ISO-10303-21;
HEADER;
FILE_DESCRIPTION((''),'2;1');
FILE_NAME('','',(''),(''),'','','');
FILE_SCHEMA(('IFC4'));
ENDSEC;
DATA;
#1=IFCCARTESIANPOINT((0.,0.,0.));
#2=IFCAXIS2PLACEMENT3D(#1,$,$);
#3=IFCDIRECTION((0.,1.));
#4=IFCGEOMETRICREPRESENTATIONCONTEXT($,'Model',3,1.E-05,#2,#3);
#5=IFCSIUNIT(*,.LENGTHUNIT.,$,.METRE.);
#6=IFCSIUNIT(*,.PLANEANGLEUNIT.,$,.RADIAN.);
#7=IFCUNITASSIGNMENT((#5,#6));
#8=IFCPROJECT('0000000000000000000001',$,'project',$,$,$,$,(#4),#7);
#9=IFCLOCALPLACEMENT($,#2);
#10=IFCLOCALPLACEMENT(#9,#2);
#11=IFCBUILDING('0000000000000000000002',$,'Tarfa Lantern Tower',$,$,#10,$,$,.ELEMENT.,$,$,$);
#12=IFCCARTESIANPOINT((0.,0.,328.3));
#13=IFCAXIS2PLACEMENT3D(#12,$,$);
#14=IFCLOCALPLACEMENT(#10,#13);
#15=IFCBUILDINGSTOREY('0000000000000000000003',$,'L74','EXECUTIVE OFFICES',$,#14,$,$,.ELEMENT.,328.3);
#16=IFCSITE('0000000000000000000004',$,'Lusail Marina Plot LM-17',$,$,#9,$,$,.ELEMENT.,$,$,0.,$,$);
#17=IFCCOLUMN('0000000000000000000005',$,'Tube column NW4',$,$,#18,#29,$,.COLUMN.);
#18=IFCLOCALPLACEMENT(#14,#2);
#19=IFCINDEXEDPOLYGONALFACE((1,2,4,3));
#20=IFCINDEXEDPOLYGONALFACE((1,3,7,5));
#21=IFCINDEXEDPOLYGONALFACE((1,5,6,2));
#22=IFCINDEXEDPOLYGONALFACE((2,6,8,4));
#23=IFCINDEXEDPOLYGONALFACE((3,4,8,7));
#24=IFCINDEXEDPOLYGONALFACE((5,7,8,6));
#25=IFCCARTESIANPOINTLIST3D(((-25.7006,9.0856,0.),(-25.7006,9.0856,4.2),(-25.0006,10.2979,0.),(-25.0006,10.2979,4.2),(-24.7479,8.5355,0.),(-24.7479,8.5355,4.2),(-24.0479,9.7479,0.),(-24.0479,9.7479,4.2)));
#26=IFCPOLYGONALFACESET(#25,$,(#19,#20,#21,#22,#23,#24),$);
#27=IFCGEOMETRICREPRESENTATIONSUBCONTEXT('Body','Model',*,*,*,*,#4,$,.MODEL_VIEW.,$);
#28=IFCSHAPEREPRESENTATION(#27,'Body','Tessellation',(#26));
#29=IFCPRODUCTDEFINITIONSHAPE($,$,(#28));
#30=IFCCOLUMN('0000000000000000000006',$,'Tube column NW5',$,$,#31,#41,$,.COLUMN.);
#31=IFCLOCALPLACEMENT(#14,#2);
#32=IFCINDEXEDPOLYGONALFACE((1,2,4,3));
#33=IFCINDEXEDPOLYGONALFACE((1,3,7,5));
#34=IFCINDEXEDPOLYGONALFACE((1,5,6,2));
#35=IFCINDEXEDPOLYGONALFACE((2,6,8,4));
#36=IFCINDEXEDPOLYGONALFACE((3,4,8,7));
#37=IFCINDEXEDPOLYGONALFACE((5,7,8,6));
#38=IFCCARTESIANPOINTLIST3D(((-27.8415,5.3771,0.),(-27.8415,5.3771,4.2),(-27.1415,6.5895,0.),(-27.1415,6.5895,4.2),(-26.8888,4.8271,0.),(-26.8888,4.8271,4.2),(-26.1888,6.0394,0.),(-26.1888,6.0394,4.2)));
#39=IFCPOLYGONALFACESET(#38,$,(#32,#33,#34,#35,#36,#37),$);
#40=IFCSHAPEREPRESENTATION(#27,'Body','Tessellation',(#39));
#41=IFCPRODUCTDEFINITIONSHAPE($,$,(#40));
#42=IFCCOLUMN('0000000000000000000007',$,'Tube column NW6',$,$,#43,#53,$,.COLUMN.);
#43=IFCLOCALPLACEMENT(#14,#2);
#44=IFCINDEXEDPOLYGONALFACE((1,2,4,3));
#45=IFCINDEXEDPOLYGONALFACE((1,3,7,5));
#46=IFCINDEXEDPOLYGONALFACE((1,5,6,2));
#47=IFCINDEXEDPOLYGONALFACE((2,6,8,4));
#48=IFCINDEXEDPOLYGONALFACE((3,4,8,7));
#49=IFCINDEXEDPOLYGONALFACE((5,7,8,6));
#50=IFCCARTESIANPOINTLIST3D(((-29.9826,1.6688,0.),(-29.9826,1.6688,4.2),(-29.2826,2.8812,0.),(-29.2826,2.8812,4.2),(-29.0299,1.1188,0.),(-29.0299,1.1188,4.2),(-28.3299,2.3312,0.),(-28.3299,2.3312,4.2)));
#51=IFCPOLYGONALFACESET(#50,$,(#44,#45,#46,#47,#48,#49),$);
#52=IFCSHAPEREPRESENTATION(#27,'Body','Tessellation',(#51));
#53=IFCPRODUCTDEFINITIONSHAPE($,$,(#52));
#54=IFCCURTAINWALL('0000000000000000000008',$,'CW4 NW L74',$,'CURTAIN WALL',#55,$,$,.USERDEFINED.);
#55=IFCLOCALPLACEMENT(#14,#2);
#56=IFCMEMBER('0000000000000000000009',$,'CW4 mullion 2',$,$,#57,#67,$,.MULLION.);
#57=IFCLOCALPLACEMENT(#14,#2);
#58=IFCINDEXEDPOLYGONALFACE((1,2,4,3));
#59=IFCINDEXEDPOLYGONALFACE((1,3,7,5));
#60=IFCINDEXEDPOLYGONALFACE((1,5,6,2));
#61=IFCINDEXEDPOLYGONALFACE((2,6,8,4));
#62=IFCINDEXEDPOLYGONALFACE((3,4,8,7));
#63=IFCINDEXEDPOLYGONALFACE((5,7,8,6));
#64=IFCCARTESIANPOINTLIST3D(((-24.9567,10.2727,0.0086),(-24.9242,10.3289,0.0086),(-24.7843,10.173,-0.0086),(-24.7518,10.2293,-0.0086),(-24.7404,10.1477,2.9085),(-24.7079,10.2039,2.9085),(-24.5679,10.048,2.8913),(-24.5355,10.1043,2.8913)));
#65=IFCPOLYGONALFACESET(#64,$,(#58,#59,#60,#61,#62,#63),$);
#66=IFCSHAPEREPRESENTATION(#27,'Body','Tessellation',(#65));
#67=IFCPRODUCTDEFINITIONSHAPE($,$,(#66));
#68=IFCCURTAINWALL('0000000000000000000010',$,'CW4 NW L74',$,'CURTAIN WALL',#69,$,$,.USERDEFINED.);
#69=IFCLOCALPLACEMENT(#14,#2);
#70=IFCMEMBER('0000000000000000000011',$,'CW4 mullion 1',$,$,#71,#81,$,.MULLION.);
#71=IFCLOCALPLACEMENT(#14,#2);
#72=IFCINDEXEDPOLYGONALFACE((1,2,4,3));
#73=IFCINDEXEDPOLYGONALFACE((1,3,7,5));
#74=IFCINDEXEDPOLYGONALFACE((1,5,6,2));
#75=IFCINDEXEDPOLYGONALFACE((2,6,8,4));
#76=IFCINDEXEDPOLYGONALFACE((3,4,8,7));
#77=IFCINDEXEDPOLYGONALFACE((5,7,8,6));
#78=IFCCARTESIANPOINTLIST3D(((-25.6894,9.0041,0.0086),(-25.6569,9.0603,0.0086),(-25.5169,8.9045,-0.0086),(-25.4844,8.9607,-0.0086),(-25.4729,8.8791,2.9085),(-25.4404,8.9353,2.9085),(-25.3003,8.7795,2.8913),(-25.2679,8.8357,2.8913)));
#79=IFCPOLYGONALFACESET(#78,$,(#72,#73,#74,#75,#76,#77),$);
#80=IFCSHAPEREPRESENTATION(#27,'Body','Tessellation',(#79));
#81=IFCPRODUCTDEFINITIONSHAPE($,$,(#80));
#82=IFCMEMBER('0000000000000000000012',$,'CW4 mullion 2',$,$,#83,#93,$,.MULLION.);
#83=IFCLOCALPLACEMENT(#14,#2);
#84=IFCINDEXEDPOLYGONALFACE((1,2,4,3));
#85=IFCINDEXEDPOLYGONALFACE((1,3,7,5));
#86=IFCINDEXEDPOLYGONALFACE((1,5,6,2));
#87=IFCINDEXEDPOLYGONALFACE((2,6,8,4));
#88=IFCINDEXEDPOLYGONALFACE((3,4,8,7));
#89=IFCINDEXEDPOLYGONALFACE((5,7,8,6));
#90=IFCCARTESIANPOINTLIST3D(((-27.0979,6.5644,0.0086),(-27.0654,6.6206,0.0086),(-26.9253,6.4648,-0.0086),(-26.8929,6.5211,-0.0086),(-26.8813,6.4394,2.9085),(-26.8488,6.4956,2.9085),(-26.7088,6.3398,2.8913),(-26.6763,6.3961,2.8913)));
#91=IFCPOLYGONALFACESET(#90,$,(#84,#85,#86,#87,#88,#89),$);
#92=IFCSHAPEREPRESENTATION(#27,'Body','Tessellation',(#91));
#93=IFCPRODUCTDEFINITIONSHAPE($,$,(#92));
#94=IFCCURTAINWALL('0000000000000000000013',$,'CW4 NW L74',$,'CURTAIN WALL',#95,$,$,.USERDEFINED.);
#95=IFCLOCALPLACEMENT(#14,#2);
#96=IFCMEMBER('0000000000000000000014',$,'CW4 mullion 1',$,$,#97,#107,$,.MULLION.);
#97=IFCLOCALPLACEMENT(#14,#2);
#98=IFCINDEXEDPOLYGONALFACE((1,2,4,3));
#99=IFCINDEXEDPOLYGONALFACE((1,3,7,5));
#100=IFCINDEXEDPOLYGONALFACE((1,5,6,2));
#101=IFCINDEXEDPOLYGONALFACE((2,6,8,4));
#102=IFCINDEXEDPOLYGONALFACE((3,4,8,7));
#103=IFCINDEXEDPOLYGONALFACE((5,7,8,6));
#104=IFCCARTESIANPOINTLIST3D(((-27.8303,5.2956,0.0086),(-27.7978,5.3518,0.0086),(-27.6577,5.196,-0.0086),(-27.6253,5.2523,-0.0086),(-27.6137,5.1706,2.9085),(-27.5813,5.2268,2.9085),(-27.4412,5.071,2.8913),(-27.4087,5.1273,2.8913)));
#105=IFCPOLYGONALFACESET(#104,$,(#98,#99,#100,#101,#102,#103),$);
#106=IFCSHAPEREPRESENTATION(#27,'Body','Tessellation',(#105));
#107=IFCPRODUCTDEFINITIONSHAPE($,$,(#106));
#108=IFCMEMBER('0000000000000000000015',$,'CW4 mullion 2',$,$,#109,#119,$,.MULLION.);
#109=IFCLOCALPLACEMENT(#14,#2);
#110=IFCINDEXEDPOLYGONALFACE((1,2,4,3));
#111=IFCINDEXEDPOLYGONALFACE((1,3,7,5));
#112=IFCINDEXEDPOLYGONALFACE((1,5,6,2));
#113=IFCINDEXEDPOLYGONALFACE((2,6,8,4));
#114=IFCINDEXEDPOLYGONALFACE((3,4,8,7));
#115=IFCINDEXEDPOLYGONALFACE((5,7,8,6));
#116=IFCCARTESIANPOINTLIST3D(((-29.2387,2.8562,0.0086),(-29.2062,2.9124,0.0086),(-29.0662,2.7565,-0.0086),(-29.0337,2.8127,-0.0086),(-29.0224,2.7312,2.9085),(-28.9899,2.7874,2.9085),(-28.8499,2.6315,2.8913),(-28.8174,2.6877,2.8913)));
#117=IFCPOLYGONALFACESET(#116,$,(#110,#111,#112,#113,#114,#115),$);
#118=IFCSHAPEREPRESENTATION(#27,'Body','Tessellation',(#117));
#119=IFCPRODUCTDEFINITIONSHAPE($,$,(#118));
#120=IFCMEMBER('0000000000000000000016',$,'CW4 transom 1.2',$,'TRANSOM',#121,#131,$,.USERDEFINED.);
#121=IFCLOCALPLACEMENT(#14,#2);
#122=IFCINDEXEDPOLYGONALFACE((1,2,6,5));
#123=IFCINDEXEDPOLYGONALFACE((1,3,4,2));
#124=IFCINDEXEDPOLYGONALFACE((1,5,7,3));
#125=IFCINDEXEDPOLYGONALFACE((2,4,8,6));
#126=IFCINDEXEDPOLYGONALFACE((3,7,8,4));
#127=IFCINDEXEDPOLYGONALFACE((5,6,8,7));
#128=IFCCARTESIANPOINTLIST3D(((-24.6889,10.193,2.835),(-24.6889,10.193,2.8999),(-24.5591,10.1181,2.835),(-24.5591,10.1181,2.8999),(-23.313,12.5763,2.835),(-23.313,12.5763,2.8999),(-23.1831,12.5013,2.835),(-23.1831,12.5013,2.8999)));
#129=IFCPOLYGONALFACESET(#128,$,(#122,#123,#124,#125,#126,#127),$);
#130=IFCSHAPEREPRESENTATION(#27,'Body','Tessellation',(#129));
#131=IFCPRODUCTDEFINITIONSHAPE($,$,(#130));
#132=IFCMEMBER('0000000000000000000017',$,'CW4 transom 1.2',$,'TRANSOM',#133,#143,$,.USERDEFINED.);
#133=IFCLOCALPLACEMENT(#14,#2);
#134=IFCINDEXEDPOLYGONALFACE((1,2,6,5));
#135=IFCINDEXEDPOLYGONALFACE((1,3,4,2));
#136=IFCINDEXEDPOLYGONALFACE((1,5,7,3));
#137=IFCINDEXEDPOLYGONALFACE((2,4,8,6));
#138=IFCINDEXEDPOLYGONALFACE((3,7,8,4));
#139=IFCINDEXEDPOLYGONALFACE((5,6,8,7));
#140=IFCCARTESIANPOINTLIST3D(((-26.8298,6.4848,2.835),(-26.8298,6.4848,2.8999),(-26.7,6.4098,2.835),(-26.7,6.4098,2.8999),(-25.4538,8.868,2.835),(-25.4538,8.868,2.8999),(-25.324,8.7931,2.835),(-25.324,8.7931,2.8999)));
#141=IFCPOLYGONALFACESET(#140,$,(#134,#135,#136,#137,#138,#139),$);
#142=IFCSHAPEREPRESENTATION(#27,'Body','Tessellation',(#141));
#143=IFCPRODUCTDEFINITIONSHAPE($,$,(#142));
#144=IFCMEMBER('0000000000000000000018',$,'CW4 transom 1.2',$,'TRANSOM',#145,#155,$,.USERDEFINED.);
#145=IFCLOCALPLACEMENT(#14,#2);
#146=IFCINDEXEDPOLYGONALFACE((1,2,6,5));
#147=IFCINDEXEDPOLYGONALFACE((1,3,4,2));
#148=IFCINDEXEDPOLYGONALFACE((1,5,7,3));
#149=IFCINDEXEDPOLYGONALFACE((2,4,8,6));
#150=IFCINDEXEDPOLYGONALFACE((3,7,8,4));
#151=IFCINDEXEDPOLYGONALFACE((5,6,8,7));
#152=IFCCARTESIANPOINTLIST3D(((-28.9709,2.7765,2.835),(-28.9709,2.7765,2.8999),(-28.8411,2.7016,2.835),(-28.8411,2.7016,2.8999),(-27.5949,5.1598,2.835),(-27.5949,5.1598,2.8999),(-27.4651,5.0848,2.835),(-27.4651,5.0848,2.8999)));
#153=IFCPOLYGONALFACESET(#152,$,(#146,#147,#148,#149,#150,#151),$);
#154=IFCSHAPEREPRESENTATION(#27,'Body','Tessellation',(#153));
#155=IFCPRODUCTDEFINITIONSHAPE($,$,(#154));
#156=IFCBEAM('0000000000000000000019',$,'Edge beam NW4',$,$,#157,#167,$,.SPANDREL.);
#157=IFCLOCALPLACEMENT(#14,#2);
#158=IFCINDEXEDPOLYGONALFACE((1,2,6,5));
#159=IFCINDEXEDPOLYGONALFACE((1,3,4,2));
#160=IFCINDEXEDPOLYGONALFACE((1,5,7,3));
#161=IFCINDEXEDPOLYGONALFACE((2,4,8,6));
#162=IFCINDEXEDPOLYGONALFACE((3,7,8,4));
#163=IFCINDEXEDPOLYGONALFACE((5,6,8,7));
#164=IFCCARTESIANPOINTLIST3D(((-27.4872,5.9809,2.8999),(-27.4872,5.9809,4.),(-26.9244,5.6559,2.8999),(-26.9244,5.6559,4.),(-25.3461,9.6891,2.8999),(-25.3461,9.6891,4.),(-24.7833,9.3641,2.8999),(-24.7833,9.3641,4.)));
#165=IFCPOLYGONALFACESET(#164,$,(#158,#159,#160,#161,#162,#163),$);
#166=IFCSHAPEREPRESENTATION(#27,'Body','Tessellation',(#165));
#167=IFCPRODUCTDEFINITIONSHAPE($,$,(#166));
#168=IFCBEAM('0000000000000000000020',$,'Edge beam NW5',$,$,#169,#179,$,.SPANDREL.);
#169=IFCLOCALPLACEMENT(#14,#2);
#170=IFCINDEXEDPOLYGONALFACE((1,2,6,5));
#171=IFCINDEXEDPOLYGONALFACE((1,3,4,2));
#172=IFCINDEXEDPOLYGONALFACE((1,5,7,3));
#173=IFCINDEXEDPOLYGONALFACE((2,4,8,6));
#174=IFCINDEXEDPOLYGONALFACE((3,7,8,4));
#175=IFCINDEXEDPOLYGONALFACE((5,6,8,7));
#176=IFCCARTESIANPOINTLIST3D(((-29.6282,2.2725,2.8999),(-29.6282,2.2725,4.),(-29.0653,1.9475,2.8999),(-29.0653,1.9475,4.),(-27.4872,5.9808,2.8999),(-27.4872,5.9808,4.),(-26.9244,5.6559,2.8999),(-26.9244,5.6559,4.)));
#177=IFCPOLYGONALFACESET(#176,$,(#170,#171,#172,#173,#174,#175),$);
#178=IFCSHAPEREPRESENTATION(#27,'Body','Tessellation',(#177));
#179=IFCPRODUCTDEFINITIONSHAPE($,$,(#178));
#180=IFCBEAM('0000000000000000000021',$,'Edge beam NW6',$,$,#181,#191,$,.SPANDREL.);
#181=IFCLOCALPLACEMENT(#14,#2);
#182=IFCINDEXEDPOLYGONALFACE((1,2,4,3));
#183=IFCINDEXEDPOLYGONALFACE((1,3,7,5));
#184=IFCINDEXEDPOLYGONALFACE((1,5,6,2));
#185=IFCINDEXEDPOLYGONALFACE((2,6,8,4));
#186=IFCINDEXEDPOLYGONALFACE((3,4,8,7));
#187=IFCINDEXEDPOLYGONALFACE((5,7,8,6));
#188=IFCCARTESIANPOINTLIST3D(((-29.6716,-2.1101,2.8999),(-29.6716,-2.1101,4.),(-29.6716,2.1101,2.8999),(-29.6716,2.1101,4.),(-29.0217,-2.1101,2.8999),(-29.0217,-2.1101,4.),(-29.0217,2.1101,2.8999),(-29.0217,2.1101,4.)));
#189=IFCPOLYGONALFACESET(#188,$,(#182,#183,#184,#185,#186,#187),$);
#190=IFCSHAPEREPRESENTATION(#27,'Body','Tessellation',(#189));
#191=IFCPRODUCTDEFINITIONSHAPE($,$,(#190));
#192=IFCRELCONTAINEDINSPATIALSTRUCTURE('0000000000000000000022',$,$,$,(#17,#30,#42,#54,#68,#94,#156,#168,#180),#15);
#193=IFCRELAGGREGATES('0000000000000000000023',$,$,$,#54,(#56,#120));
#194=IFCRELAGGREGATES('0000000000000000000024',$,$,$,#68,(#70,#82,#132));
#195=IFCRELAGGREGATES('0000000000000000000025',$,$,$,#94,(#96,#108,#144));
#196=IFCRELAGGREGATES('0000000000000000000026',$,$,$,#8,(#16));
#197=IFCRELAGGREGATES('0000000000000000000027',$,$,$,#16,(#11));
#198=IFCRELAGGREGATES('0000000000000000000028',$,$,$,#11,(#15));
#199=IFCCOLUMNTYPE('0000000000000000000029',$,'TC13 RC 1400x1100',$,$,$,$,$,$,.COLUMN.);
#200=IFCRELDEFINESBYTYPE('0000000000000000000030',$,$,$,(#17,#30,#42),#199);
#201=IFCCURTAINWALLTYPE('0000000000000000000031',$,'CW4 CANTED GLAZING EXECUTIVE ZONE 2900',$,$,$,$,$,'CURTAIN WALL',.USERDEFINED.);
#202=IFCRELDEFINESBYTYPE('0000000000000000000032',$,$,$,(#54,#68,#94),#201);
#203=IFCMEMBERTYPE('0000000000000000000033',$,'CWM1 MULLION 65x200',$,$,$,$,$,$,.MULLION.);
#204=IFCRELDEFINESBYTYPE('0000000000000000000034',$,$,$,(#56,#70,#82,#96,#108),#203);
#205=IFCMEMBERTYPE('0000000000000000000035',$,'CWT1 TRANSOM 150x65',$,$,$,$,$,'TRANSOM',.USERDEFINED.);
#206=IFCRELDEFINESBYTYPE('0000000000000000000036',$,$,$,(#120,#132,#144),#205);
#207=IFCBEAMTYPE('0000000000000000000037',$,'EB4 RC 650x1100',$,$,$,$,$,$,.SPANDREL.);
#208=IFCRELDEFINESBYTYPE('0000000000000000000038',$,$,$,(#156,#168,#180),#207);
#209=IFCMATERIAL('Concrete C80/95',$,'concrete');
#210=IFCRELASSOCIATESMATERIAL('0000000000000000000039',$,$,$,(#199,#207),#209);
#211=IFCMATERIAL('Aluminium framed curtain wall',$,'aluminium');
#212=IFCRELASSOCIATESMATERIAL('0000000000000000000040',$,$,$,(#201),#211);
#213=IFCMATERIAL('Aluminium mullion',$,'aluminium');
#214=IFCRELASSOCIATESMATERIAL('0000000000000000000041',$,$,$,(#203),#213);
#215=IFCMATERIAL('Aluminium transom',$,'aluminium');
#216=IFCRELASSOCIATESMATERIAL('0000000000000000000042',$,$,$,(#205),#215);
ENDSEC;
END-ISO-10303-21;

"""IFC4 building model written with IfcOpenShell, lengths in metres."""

from ifc_helpers import new_model, si_unit, direction, frame, origin, origin_2d, place, context, subcontext, project, spatial, rectangle, extrude, material, material_profile, profile_set, type_object, element, aggregate, save


model = new_model("IFC4")

# Units and contexts
model_context = context("Model", 3, precision=1e-05, world=origin(), true_north=direction((0.0, 1.0)))
body_context = subcontext(model_context, "Body", "Model", "MODEL_VIEW")
ifc_project = project(units=[si_unit("LENGTHUNIT", "METRE"), si_unit("PLANEANGLEUNIT", "RADIAN")], contexts=[model_context])

# Site, building, storey
site_placement = place(None, origin())
site = spatial("IfcSite", under=ifc_project, at=site_placement, Name="Lusail Marina Plot LM-17", CompositionType="ELEMENT", RefElevation=0.0)
building_placement = place(site_placement, origin())
building = spatial("IfcBuilding", under=site, at=building_placement, Name="Tarfa Lantern Tower", CompositionType="ELEMENT")
storey_placement = place(building_placement, frame((0.0, 0.0, 328.3)))
storey = spatial("IfcBuildingStorey", under=building, at=storey_placement, Name="L74", Description="EXECUTIVE OFFICES", CompositionType="ELEMENT", Elevation=328.3)

# Columns
ifc_material_1 = material(Name="Concrete C80/95", Category="concrete")
ifc_material_profile_1 = material_profile(ifc_material_1, rectangle(XDim=1.3999, YDim=1.1001, at=origin_2d()), Name="RC 1400x1100")
ifc_profile_set_1 = profile_set([ifc_material_profile_1], Name="Concrete C80/95")
column_type = type_object("IfcColumnType", Name="TC13 RC 1400x1100", PredefinedType="COLUMN", material=ifc_profile_set_1)
for number, where, z_axis, x_axis, name in (
    (1, (-24.8743, 9.4167, 0.0), (0.0, 0.0, 1.0), (-0.5, -0.866025, 0.0), "Tube column NW4"),
    (2, (-27.0151, 5.7083, 0.0), (0.0, 0.0, 1.0), (-0.5, -0.866025, 0.0), "Tube column NW5"),
    (3, (-29.1562, 2.0, 0.0), (0.0, 0.0, 1.0), (-0.5, -0.866025, 0.0), "Tube column NW6"),
):
    element("IfcColumn", number, at=place(storey_placement, frame(where, z_axis=z_axis, x_axis=x_axis)), inside=storey, type_object=column_type, Name=name, PredefinedType="COLUMN", context=body_context, shape_type="SweptSolid", body=[
        extrude(rectangle(XDim=1.3999, YDim=1.1001, at=origin_2d()), origin(), (0.0, 0.0, 1.0), 4.2),
    ])

# Curtain wall, member
ifc_material_2 = material(Name="Aluminium framed curtain wall", Category="aluminium")
curtain_wall_type = type_object("IfcCurtainWallType", Name="CW4 CANTED GLAZING EXECUTIVE ZONE 2900", ElementType="CURTAIN WALL", PredefinedType="USERDEFINED", material=ifc_material_2)
curtain_wall_1_placement = place(storey_placement, origin())
curtain_wall_1 = element("IfcCurtainWall", 4, at=curtain_wall_1_placement, inside=storey, type_object=curtain_wall_type, Name="CW4 NW L74", ObjectType="CURTAIN WALL", PredefinedType="USERDEFINED")
ifc_material_3 = material(Name="Aluminium mullion", Category="aluminium")
ifc_material_profile_2 = material_profile(ifc_material_3, rectangle(XDim=0.0649, YDim=0.2, at=origin_2d()), Name="AL MULLION 65x200")
ifc_profile_set_2 = profile_set([ifc_material_profile_2], Name="Aluminium mullion")
member_type_1 = type_object("IfcMemberType", Name="CWM1 MULLION 65x200", PredefinedType="MULLION", material=ifc_profile_set_2)
member_1_placement = place(storey_placement, frame((-24.8542, 10.251, 0.0), z_axis=(0.074316, -0.042946, 0.99631), x_axis=(0.500343, 0.865827, 0.0)))
member_1 = element("IfcMember", 5, at=member_1_placement, type_object=member_type_1, Name="CW4 mullion 2", PredefinedType="MULLION", context=body_context, shape_type="SweptSolid", body=[
    extrude(rectangle(XDim=0.0649, YDim=0.2, at=origin_2d()), origin(), (0.0, 0.0, 1.0), 2.9106),
])

# Curtain walls, members
curtain_wall_2_placement = place(storey_placement, origin())
curtain_wall_2 = element("IfcCurtainWall", 6, at=curtain_wall_2_placement, inside=storey, type_object=curtain_wall_type, Name="CW4 NW L74", ObjectType="CURTAIN WALL", PredefinedType="USERDEFINED")
member_2_placement = place(storey_placement, frame((-25.5869, 8.9824, 0.0), z_axis=(0.0744, -0.042946, 0.996303), x_axis=(0.49992, 0.866072, 0.0)))
member_2 = element("IfcMember", 7, at=member_2_placement, type_object=member_type_1, Name="CW4 mullion 1", PredefinedType="MULLION", context=body_context, shape_type="SweptSolid", body=[
    extrude(rectangle(XDim=0.0649, YDim=0.2, at=origin_2d()), origin(), (0.0, 0.0, 1.0), 2.9106),
])
member_3_placement = place(storey_placement, frame((-26.9954, 6.5427, 0.0), z_axis=(0.0744, -0.042946, 0.996303), x_axis=(0.49992, 0.866072, 0.0)))
member_3 = element("IfcMember", 8, at=member_3_placement, type_object=member_type_1, Name="CW4 mullion 2", PredefinedType="MULLION", context=body_context, shape_type="SweptSolid", body=[
    extrude(rectangle(XDim=0.0649, YDim=0.2, at=origin_2d()), origin(), (0.0, 0.0, 1.0), 2.9106),
])
curtain_wall_3_placement = place(storey_placement, origin())
curtain_wall_3 = element("IfcCurtainWall", 9, at=curtain_wall_3_placement, inside=storey, type_object=curtain_wall_type, Name="CW4 NW L74", ObjectType="CURTAIN WALL", PredefinedType="USERDEFINED")
member_4_placement = place(storey_placement, frame((-27.7278, 5.2739, 0.0), z_axis=(0.0744, -0.042946, 0.996303), x_axis=(0.49992, 0.866072, 0.0)))
member_4 = element("IfcMember", 10, at=member_4_placement, type_object=member_type_1, Name="CW4 mullion 1", PredefinedType="MULLION", context=body_context, shape_type="SweptSolid", body=[
    extrude(rectangle(XDim=0.0649, YDim=0.2, at=origin_2d()), origin(), (0.0, 0.0, 1.0), 2.9106),
])
member_5_placement = place(storey_placement, frame((-29.1362, 2.8345, 0.0), z_axis=(0.074316, -0.042946, 0.99631), x_axis=(0.500343, 0.865827, 0.0)))
member_5 = element("IfcMember", 11, at=member_5_placement, type_object=member_type_1, Name="CW4 mullion 2", PredefinedType="MULLION", context=body_context, shape_type="SweptSolid", body=[
    extrude(rectangle(XDim=0.0649, YDim=0.2, at=origin_2d()), origin(), (0.0, 0.0, 1.0), 2.9106),
])

# Members
ifc_material_4 = material(Name="Aluminium transom", Category="aluminium")
ifc_material_profile_3 = material_profile(ifc_material_4, rectangle(XDim=0.1499, YDim=0.0649, at=origin_2d()), Name="AL TRANSOM 150x65")
ifc_profile_set_3 = profile_set([ifc_material_profile_3], Name="Aluminium transom")
member_type_2 = type_object("IfcMemberType", Name="CWT1 TRANSOM 150x65", ElementType="TRANSOM", PredefinedType="USERDEFINED", material=ifc_profile_set_3)
member_6_placement = place(storey_placement, frame((-23.248, 12.5388, 2.8674), z_axis=(-0.499994, -0.866029, 0.0), x_axis=(0.866029, -0.499994, 0.0)))
member_6 = element("IfcMember", 12, at=member_6_placement, type_object=member_type_2, Name="CW4 transom 1.2", ObjectType="TRANSOM", PredefinedType="USERDEFINED", context=body_context, shape_type="SweptSolid", body=[
    extrude(rectangle(XDim=0.1499, YDim=0.0649, at=origin_2d()), origin(), (0.0, 0.0, 1.0), 2.752),
])
member_7_placement = place(storey_placement, frame((-25.3889, 8.8306, 2.8674), z_axis=(-0.499994, -0.866029, 0.0), x_axis=(0.866029, -0.499994, 0.0)))
member_7 = element("IfcMember", 13, at=member_7_placement, type_object=member_type_2, Name="CW4 transom 1.2", ObjectType="TRANSOM", PredefinedType="USERDEFINED", context=body_context, shape_type="SweptSolid", body=[
    extrude(rectangle(XDim=0.1499, YDim=0.0649, at=origin_2d()), origin(), (0.0, 0.0, 1.0), 2.752),
])
member_8_placement = place(storey_placement, frame((-27.53, 5.1223, 2.8674), z_axis=(-0.499994, -0.866029, 0.0), x_axis=(0.866029, -0.499994, 0.0)))
member_8 = element("IfcMember", 14, at=member_8_placement, type_object=member_type_2, Name="CW4 transom 1.2", ObjectType="TRANSOM", PredefinedType="USERDEFINED", context=body_context, shape_type="SweptSolid", body=[
    extrude(rectangle(XDim=0.1499, YDim=0.0649, at=origin_2d()), origin(), (0.0, 0.0, 1.0), 2.752),
])

# Beams
ifc_material_profile_4 = material_profile(ifc_material_1, rectangle(XDim=0.6499, YDim=1.1001, at=origin_2d()), Name="RC 650x1100")
ifc_profile_set_4 = profile_set([ifc_material_profile_4], Name="Concrete C80/95")
beam_type_1 = type_object("IfcBeamType", Name="EB4 RC 650x1100", PredefinedType="SPANDREL", material=ifc_profile_set_4)
for number, where, z_axis, x_axis, name in (
    (15, (-25.0647, 9.5266, 3.45), (-0.500027, -0.86601, 0.0), (0.86601, -0.500027, 0.0), "Edge beam NW4"),
    (16, (-27.2058, 5.8184, 3.45), (-0.499984, -0.866035, 0.0), (0.866035, -0.499984, 0.0), "Edge beam NW5"),
):
    element("IfcBeam", number, at=place(storey_placement, frame(where, z_axis=z_axis, x_axis=x_axis)), inside=storey, type_object=beam_type_1, Name=name, PredefinedType="SPANDREL", context=body_context, shape_type="SweptSolid", body=[
        extrude(rectangle(XDim=0.6499, YDim=1.1001, at=origin_2d()), origin(), (0.0, 0.0, 1.0), 4.282),
    ])
beam_1_placement = place(storey_placement, frame((-29.3467, 2.1101, 3.45), z_axis=(0.0, -1.0, 0.0), x_axis=(1.0, 0.0, 0.0)))
element("IfcBeam", 17, at=beam_1_placement, inside=storey, type_object=beam_type_1, Name="Edge beam NW6", PredefinedType="SPANDREL", context=body_context, shape_type="SweptSolid", body=[
    extrude(rectangle(XDim=0.6499, YDim=1.1001, at=origin_2d()), origin(), (0.0, 0.0, 1.0), 4.2202),
])

aggregate(curtain_wall_1, [member_1, member_6])
aggregate(curtain_wall_2, [member_2, member_3, member_7])
aggregate(curtain_wall_3, [member_4, member_5, member_8])

save(model, "model.ifc")
